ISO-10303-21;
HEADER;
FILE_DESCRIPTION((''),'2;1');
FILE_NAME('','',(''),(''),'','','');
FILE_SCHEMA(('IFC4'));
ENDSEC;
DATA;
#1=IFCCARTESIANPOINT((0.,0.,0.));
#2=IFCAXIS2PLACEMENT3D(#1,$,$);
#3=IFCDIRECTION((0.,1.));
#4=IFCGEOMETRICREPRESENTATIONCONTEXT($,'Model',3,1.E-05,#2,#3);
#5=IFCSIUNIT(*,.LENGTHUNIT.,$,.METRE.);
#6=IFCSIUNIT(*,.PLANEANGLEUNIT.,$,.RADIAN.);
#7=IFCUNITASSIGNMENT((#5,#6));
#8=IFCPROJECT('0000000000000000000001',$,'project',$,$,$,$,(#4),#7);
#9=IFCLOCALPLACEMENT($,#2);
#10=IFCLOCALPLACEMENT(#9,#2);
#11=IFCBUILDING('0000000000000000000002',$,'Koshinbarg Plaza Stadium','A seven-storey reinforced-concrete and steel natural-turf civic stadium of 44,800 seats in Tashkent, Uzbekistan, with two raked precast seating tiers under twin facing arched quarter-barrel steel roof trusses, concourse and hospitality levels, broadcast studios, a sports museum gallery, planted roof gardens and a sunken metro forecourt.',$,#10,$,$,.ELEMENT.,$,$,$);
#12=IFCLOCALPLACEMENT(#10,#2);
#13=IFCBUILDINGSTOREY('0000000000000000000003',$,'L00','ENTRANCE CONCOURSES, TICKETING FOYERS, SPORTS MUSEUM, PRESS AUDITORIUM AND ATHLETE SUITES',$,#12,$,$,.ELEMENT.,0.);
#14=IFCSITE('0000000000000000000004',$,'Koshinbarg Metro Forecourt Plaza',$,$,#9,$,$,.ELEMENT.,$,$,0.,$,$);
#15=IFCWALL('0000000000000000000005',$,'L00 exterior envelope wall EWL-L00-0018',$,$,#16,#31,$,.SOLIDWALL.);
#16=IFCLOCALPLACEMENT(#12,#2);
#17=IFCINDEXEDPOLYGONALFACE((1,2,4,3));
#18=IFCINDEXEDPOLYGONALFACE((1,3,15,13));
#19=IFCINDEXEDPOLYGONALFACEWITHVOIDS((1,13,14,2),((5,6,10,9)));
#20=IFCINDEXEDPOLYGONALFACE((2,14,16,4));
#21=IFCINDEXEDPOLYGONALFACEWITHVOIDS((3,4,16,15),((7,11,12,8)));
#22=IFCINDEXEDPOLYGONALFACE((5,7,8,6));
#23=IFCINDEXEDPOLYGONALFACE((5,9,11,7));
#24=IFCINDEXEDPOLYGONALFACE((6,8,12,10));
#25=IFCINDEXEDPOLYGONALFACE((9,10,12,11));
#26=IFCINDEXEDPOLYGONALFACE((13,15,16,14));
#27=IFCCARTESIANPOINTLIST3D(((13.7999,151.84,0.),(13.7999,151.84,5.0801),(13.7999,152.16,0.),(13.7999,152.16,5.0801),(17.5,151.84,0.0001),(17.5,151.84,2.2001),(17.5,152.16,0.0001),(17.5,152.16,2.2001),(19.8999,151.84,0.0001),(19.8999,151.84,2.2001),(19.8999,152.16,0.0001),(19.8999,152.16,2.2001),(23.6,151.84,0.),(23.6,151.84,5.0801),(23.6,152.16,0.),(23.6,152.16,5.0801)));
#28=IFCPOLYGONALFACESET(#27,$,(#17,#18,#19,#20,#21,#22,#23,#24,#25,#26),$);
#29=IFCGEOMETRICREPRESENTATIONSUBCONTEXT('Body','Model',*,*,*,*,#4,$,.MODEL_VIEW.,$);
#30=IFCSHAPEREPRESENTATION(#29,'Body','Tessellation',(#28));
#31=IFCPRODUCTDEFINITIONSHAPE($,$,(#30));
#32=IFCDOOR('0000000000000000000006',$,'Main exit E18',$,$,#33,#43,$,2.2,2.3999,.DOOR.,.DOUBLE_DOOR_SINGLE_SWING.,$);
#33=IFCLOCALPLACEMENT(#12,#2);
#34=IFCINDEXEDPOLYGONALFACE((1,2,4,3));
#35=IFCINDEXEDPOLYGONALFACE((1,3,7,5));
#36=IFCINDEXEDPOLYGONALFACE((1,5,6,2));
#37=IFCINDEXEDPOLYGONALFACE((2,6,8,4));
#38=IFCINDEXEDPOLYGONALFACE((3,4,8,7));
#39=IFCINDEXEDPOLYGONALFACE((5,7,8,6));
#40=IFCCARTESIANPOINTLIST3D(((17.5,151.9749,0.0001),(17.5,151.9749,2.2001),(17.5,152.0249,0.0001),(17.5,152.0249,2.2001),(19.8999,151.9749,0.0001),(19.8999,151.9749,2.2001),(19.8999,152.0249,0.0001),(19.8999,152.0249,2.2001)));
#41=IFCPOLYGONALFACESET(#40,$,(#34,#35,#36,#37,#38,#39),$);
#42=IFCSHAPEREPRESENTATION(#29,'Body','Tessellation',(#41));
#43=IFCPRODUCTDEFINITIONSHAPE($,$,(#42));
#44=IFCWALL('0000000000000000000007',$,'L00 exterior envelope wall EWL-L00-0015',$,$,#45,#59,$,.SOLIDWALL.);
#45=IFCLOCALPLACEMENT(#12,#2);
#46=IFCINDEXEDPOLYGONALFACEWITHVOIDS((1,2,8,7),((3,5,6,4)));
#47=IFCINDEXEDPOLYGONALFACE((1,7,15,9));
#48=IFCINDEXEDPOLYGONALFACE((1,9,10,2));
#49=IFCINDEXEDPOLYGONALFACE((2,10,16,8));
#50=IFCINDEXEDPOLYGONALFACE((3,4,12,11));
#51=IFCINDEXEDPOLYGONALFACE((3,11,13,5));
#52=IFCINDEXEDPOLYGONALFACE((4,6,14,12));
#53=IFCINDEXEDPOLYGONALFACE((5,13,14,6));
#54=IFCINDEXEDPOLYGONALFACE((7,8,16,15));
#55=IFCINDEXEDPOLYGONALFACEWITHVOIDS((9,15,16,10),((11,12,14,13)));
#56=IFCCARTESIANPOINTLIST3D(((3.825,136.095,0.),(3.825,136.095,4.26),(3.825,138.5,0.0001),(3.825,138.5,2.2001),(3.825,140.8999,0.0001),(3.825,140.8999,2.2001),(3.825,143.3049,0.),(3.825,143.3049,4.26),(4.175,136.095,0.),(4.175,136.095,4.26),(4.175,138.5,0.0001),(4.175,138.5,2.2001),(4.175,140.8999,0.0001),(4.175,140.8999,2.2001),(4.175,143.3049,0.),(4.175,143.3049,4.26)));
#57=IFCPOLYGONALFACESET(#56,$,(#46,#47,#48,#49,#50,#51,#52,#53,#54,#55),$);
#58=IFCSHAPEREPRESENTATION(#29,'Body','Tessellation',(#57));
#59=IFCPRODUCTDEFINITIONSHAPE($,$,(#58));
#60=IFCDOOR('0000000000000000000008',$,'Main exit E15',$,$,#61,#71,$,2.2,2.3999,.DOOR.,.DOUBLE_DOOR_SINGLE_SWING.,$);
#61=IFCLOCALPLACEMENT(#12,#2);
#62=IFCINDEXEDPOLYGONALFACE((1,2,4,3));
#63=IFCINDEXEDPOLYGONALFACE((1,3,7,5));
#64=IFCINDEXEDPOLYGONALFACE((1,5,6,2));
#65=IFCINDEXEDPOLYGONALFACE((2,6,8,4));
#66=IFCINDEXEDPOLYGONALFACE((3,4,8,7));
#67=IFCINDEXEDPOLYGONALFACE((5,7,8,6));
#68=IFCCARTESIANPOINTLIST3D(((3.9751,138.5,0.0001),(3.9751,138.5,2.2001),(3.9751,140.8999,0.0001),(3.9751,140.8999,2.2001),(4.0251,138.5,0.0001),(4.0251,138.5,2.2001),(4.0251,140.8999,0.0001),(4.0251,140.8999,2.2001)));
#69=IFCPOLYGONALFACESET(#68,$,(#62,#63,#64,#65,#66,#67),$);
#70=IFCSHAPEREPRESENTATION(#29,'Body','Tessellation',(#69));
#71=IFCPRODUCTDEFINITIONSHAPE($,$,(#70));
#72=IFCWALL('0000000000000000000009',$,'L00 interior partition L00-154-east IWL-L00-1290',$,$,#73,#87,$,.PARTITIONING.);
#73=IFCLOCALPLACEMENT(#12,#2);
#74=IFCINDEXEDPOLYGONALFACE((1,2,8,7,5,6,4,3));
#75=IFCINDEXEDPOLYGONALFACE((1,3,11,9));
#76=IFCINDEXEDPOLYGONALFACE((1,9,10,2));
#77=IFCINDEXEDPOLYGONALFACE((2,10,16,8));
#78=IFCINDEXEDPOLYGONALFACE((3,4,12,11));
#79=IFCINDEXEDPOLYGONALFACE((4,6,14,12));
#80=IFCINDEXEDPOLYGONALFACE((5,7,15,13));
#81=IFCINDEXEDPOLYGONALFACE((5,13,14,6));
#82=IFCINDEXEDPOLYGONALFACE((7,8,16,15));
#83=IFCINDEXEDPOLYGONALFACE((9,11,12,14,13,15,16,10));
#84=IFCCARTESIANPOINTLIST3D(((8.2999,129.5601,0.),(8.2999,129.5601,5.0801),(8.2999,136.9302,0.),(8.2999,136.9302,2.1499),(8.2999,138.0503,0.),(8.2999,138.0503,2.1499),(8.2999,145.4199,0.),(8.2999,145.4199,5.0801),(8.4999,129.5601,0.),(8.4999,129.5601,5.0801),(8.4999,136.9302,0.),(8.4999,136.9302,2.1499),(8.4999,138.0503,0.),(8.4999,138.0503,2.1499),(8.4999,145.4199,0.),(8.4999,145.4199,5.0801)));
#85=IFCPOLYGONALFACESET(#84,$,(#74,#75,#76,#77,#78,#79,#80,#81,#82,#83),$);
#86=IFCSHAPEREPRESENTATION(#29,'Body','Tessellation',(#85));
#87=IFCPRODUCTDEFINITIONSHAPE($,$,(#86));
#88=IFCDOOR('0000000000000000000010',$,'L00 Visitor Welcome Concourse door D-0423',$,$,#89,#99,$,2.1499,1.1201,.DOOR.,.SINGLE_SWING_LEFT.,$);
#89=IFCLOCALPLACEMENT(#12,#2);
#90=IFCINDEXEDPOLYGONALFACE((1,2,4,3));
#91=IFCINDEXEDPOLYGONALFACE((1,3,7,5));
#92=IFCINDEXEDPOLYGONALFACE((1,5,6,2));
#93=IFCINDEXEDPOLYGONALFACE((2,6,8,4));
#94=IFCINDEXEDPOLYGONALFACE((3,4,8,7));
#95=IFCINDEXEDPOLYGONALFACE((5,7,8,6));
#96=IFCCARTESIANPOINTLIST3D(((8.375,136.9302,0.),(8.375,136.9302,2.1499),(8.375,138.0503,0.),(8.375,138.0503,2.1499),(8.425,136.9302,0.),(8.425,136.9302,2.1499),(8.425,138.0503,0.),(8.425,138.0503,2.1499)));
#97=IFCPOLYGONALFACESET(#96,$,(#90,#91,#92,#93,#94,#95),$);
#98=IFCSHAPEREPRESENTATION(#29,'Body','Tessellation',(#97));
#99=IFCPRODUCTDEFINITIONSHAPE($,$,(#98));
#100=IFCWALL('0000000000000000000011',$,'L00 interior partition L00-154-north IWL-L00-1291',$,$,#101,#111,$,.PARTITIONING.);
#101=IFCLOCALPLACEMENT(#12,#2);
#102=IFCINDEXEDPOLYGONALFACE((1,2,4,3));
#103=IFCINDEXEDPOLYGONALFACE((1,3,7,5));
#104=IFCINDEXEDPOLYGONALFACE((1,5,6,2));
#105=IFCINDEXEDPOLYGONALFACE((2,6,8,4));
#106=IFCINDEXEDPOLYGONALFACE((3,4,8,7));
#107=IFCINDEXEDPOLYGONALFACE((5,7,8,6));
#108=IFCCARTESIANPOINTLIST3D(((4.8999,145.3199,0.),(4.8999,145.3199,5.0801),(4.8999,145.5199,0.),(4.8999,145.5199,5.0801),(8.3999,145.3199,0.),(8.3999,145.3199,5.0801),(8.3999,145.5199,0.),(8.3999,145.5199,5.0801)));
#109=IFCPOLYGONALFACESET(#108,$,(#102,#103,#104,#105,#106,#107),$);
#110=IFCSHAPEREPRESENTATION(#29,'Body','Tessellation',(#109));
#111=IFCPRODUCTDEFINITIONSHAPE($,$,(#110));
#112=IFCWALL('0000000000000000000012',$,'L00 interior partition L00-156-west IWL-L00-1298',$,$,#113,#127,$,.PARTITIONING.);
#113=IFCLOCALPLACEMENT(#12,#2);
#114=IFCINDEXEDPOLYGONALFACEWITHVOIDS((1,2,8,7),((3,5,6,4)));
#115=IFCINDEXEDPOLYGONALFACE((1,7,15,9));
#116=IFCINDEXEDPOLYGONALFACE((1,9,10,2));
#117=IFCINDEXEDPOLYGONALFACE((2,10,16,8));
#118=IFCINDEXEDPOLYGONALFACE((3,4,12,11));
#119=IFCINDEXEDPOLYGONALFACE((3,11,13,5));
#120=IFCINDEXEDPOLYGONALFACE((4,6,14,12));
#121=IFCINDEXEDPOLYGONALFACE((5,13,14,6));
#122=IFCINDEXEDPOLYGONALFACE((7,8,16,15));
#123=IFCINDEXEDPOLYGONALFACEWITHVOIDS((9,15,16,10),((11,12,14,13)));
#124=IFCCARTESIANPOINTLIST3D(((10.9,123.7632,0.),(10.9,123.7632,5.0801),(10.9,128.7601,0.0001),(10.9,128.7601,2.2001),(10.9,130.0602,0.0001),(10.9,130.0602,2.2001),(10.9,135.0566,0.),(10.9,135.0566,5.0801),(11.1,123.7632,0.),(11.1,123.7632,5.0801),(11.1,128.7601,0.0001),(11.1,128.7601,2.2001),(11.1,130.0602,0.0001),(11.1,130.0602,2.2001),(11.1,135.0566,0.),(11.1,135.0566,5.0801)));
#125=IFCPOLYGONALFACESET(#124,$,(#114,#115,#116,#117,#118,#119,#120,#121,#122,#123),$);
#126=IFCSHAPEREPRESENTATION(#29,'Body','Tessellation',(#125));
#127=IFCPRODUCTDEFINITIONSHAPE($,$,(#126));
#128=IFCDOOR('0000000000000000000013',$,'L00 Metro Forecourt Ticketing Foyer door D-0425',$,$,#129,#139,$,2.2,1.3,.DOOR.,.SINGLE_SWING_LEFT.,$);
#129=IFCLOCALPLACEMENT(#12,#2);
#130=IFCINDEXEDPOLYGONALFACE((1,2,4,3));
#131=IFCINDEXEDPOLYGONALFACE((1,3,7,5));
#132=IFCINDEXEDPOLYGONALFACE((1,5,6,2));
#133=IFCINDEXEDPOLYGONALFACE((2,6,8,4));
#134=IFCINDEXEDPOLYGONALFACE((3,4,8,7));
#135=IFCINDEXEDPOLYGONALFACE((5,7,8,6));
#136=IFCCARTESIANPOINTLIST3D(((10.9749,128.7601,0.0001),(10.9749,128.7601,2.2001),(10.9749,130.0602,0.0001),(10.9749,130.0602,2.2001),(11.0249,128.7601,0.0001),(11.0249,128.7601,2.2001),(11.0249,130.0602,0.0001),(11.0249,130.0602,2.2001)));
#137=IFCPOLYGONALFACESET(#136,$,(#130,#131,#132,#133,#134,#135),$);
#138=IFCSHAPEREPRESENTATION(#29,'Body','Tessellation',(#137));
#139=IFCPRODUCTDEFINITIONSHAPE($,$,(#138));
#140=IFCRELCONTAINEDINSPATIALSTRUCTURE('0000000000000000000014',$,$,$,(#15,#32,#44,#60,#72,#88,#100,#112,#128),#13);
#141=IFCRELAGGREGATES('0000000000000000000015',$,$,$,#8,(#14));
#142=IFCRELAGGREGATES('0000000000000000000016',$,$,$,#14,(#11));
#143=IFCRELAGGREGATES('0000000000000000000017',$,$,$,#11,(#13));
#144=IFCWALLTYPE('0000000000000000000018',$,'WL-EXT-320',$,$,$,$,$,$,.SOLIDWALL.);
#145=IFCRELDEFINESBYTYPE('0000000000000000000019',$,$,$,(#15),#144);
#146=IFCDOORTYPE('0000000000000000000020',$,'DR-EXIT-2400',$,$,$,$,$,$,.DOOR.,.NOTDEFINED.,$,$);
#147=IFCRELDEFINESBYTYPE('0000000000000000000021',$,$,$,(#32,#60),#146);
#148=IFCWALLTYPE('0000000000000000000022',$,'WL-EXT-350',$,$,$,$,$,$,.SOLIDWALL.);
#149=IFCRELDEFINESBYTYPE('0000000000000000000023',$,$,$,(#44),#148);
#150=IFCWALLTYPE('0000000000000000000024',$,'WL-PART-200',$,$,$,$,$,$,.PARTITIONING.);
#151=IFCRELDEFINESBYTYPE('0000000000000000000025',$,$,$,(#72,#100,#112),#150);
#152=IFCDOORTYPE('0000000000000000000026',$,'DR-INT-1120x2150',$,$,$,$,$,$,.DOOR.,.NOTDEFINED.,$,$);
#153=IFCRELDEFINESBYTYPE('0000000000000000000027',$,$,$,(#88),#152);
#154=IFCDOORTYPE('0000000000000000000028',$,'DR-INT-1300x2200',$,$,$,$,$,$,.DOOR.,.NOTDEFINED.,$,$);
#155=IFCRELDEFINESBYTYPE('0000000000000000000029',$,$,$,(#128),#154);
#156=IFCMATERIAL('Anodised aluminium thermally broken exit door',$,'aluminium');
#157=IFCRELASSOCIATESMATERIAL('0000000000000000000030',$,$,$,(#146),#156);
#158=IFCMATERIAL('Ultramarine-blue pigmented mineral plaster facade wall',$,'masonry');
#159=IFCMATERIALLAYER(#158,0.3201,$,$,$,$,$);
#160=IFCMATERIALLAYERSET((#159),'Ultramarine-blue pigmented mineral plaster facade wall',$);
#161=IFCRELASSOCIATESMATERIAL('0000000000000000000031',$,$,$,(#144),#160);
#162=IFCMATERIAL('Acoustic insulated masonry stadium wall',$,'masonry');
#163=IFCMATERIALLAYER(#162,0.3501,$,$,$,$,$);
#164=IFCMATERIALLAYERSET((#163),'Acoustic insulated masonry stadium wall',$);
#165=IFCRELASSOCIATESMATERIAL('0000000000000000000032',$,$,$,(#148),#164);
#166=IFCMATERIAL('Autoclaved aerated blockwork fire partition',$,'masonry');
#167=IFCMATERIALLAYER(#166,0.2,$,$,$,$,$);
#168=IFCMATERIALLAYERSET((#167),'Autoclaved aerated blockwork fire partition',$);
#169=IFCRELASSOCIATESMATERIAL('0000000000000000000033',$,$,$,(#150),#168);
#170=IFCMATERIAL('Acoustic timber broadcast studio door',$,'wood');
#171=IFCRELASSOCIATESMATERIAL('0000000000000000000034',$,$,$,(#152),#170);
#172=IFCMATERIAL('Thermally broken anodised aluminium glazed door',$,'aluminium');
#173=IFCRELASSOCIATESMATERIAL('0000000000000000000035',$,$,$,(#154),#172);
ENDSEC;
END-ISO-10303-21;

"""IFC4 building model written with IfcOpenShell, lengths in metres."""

from ifc_helpers import new_model, si_unit, direction, frame, frame_2d, origin, place, context, subcontext, project, spatial, rectangle, extrude, material, layer, layer_set, type_object, element, fill, save


model = new_model("IFC4")

# Units and contexts
model_context = context("Model", 3, precision=1e-05, world=origin(), true_north=direction((0.0, 1.0)))
body_context = subcontext(model_context, "Body", "Model", "MODEL_VIEW")
ifc_project = project(units=[si_unit("LENGTHUNIT", "METRE"), si_unit("PLANEANGLEUNIT", "RADIAN")], contexts=[model_context])

# Site, building, storey
site_placement = place(None, origin())
site = spatial("IfcSite", under=ifc_project, at=site_placement, Name="Koshinbarg Metro Forecourt Plaza", CompositionType="ELEMENT", RefElevation=0.0)
building_placement = place(site_placement, origin())
building = spatial("IfcBuilding", under=site, at=building_placement, Name="Koshinbarg Plaza Stadium", Description="A seven-storey reinforced-concrete and steel natural-turf civic stadium of 44,800 seats in Tashkent, Uzbekistan, with two raked precast seating tiers under twin facing arched quarter-barrel steel roof trusses, concourse and hospitality levels, broadcast studios, a sports museum gallery, planted roof gardens and a sunken metro forecourt.", CompositionType="ELEMENT")
storey_placement = place(building_placement, origin())
storey = spatial("IfcBuildingStorey", under=building, at=storey_placement, Name="L00", Description="ENTRANCE CONCOURSES, TICKETING FOYERS, SPORTS MUSEUM, PRESS AUDITORIUM AND ATHLETE SUITES", CompositionType="ELEMENT", Elevation=0.0)

# Walls, openings, doors
ifc_material_1 = material(Name="Anodised aluminium thermally broken exit door", Category="aluminium")
door_type_1 = type_object("IfcDoorType", Name="DR-EXIT-2400", OperationType="NOTDEFINED", PredefinedType="DOOR", material=ifc_material_1)
ifc_material_2 = material(Name="Ultramarine-blue pigmented mineral plaster facade wall", Category="masonry")
ifc_layer_1 = layer(ifc_material_2, 0.3201)
ifc_layer_set_1 = layer_set([ifc_layer_1], Name="Ultramarine-blue pigmented mineral plaster facade wall")
wall_type_1 = type_object("IfcWallType", Name="WL-EXT-320", PredefinedType="SOLIDWALL", material=ifc_layer_set_1)
wall_1_placement = place(storey_placement, frame((13.8, 152.0, 0.0), z_axis=(0.0, 0.0, 1.0), x_axis=(1.0, 0.0, 0.0)))
wall_1 = element("IfcWall", 1, at=wall_1_placement, inside=storey, type_object=wall_type_1, Name="L00 exterior envelope wall EWL-L00-0018", PredefinedType="SOLIDWALL", context=body_context, shape_type="SweptSolid", body=[
    extrude(rectangle(XDim=9.8, YDim=0.3201, at=frame_2d((4.8999, 0.0))), origin(), (0.0, 0.0, 1.0), 5.0801),
])
opening_1_placement = place(wall_1_placement, frame((3.7, 0.0, 0.0)))
opening_1 = element("IfcOpeningElement", 2, at=opening_1_placement, cuts=wall_1, PredefinedType="OPENING", context=body_context, shape_type="SweptSolid", body=[
    extrude(rectangle(XDim=2.3999, YDim=2.2, at=frame_2d((1.2, 1.1001))), frame((0.0, 0.1699, 0.0), z_axis=(0.0, -1.0, 0.0), x_axis=(1.0, 0.0, 0.0)), (0.0, 0.0, 1.0), 0.3401),
])
door_1_placement = place(opening_1_placement, origin())
door_1 = element("IfcDoor", 3, at=door_1_placement, inside=storey, type_object=door_type_1, Name="Main exit E18", OperationType="DOUBLE_DOOR_SINGLE_SWING", OverallHeight=2.2, OverallWidth=2.3999, PredefinedType="DOOR", context=body_context, shape_type="SweptSolid", body=[
    extrude(rectangle(XDim=2.3999, YDim=2.2, at=frame_2d((1.2, 1.1001))), frame((0.0, 0.0249, 0.0), z_axis=(0.0, -1.0, 0.0), x_axis=(1.0, 0.0, 0.0)), (0.0, 0.0, 1.0), 0.05),
])
fill(opening_1, door_1)
ifc_material_3 = material(Name="Acoustic insulated masonry stadium wall", Category="masonry")
ifc_layer_2 = layer(ifc_material_3, 0.3501)
ifc_layer_set_2 = layer_set([ifc_layer_2], Name="Acoustic insulated masonry stadium wall")
wall_type_2 = type_object("IfcWallType", Name="WL-EXT-350", PredefinedType="SOLIDWALL", material=ifc_layer_set_2)
wall_2_placement = place(storey_placement, frame((4.0, 136.095, 0.0), z_axis=(0.0, 0.0, 1.0), x_axis=(0.0, 1.0, 0.0)))
wall_2 = element("IfcWall", 4, at=wall_2_placement, inside=storey, type_object=wall_type_2, Name="L00 exterior envelope wall EWL-L00-0015", PredefinedType="SOLIDWALL", context=body_context, shape_type="SweptSolid", body=[
    extrude(rectangle(XDim=7.21, YDim=0.3501, at=frame_2d((3.605, 0.0))), origin(), (0.0, 0.0, 1.0), 4.26),
])
opening_2_placement = place(wall_2_placement, frame((2.405, 0.0, 0.0)))
opening_2 = element("IfcOpeningElement", 5, at=opening_2_placement, cuts=wall_2, PredefinedType="OPENING", context=body_context, shape_type="SweptSolid", body=[
    extrude(rectangle(XDim=2.3999, YDim=2.2, at=frame_2d((1.2, 1.1001))), frame((0.0, 0.1851, 0.0), z_axis=(0.0, -1.0, 0.0), x_axis=(1.0, 0.0, 0.0)), (0.0, 0.0, 1.0), 0.3701),
])
door_2_placement = place(opening_2_placement, origin())
door_2 = element("IfcDoor", 6, at=door_2_placement, inside=storey, type_object=door_type_1, Name="Main exit E15", OperationType="DOUBLE_DOOR_SINGLE_SWING", OverallHeight=2.2, OverallWidth=2.3999, PredefinedType="DOOR", context=body_context, shape_type="SweptSolid", body=[
    extrude(rectangle(XDim=2.3999, YDim=2.2, at=frame_2d((1.2, 1.1001))), frame((0.0, 0.0249, 0.0), z_axis=(0.0, -1.0, 0.0), x_axis=(1.0, 0.0, 0.0)), (0.0, 0.0, 1.0), 0.05),
])
fill(opening_2, door_2)
ifc_material_4 = material(Name="Autoclaved aerated blockwork fire partition", Category="masonry")
ifc_layer_3 = layer(ifc_material_4, 0.2)
ifc_layer_set_3 = layer_set([ifc_layer_3], Name="Autoclaved aerated blockwork fire partition")
wall_type_3 = type_object("IfcWallType", Name="WL-PART-200", PredefinedType="PARTITIONING", material=ifc_layer_set_3)
wall_3_placement = place(storey_placement, frame((8.3999, 129.5601, 0.0), z_axis=(0.0, 0.0, 1.0), x_axis=(0.0, 1.0, 0.0)))
wall_3 = element("IfcWall", 7, at=wall_3_placement, inside=storey, type_object=wall_type_3, Name="L00 interior partition L00-154-east IWL-L00-1290", PredefinedType="PARTITIONING", context=body_context, shape_type="SweptSolid", body=[
    extrude(rectangle(XDim=15.8599, YDim=0.2, at=frame_2d((7.9299, 0.0))), origin(), (0.0, 0.0, 1.0), 5.0801),
])
opening_3_placement = place(wall_3_placement, frame((7.3701, 0.0, 0.0)))
opening_3 = element("IfcOpeningElement", 8, at=opening_3_placement, cuts=wall_3, PredefinedType="OPENING", context=body_context, shape_type="SweptSolid", body=[
    extrude(rectangle(XDim=1.1201, YDim=2.1499, at=frame_2d((0.5601, 1.075))), frame((0.0, 0.1099, 0.0), z_axis=(0.0, -1.0, 0.0), x_axis=(1.0, 0.0, 0.0)), (0.0, 0.0, 1.0), 0.22),
])
ifc_material_5 = material(Name="Acoustic timber broadcast studio door", Category="wood")
door_type_2 = type_object("IfcDoorType", Name="DR-INT-1120x2150", OperationType="NOTDEFINED", PredefinedType="DOOR", material=ifc_material_5)
door_3_placement = place(opening_3_placement, origin())
door_3 = element("IfcDoor", 9, at=door_3_placement, inside=storey, type_object=door_type_2, Name="L00 Visitor Welcome Concourse door D-0423", OperationType="SINGLE_SWING_LEFT", OverallHeight=2.1499, OverallWidth=1.1201, PredefinedType="DOOR", context=body_context, shape_type="SweptSolid", body=[
    extrude(rectangle(XDim=1.1201, YDim=2.1499, at=frame_2d((0.5601, 1.075))), frame((0.0, 0.0249, 0.0), z_axis=(0.0, -1.0, 0.0), x_axis=(1.0, 0.0, 0.0)), (0.0, 0.0, 1.0), 0.05),
])
fill(opening_3, door_3)

# Wall
wall_4_placement = place(storey_placement, frame((8.3999, 145.4199, 0.0), z_axis=(0.0, 0.0, 1.0), x_axis=(-1.0, 0.0, 0.0)))
element("IfcWall", 10, at=wall_4_placement, inside=storey, type_object=wall_type_3, Name="L00 interior partition L00-154-north IWL-L00-1291", PredefinedType="PARTITIONING", context=body_context, shape_type="SweptSolid", body=[
    extrude(rectangle(XDim=3.5, YDim=0.2, at=frame_2d((1.75, 0.0))), origin(), (0.0, 0.0, 1.0), 5.0801),
])

# Wall, opening, door
wall_5_placement = place(storey_placement, frame((11.0, 135.0566, 0.0), z_axis=(0.0, 0.0, 1.0), x_axis=(0.0, -1.0, 0.0)))
wall_5 = element("IfcWall", 11, at=wall_5_placement, inside=storey, type_object=wall_type_3, Name="L00 interior partition L00-156-west IWL-L00-1298", PredefinedType="PARTITIONING", context=body_context, shape_type="SweptSolid", body=[
    extrude(rectangle(XDim=11.2935, YDim=0.2, at=frame_2d((5.6467, 0.0))), origin(), (0.0, 0.0, 1.0), 5.0801),
])
opening_4_placement = place(wall_5_placement, frame((4.9966, 0.0, 0.0)))
opening_4 = element("IfcOpeningElement", 12, at=opening_4_placement, cuts=wall_5, PredefinedType="OPENING", context=body_context, shape_type="SweptSolid", body=[
    extrude(rectangle(XDim=1.3, YDim=2.2, at=frame_2d((0.6499, 1.1001))), frame((0.0, 0.1099, 0.0), z_axis=(0.0, -1.0, 0.0), x_axis=(1.0, 0.0, 0.0)), (0.0, 0.0, 1.0), 0.22),
])
ifc_material_6 = material(Name="Thermally broken anodised aluminium glazed door", Category="aluminium")
door_type_3 = type_object("IfcDoorType", Name="DR-INT-1300x2200", OperationType="NOTDEFINED", PredefinedType="DOOR", material=ifc_material_6)
door_4_placement = place(opening_4_placement, origin())
door_4 = element("IfcDoor", 13, at=door_4_placement, inside=storey, type_object=door_type_3, Name="L00 Metro Forecourt Ticketing Foyer door D-0425", OperationType="SINGLE_SWING_LEFT", OverallHeight=2.2, OverallWidth=1.3, PredefinedType="DOOR", context=body_context, shape_type="SweptSolid", body=[
    extrude(rectangle(XDim=1.3, YDim=2.2, at=frame_2d((0.6499, 1.1001))), frame((0.0, 0.0249, 0.0), z_axis=(0.0, -1.0, 0.0), x_axis=(1.0, 0.0, 0.0)), (0.0, 0.0, 1.0), 0.05),
])
fill(opening_4, door_4)

save(model, "model.ifc")
